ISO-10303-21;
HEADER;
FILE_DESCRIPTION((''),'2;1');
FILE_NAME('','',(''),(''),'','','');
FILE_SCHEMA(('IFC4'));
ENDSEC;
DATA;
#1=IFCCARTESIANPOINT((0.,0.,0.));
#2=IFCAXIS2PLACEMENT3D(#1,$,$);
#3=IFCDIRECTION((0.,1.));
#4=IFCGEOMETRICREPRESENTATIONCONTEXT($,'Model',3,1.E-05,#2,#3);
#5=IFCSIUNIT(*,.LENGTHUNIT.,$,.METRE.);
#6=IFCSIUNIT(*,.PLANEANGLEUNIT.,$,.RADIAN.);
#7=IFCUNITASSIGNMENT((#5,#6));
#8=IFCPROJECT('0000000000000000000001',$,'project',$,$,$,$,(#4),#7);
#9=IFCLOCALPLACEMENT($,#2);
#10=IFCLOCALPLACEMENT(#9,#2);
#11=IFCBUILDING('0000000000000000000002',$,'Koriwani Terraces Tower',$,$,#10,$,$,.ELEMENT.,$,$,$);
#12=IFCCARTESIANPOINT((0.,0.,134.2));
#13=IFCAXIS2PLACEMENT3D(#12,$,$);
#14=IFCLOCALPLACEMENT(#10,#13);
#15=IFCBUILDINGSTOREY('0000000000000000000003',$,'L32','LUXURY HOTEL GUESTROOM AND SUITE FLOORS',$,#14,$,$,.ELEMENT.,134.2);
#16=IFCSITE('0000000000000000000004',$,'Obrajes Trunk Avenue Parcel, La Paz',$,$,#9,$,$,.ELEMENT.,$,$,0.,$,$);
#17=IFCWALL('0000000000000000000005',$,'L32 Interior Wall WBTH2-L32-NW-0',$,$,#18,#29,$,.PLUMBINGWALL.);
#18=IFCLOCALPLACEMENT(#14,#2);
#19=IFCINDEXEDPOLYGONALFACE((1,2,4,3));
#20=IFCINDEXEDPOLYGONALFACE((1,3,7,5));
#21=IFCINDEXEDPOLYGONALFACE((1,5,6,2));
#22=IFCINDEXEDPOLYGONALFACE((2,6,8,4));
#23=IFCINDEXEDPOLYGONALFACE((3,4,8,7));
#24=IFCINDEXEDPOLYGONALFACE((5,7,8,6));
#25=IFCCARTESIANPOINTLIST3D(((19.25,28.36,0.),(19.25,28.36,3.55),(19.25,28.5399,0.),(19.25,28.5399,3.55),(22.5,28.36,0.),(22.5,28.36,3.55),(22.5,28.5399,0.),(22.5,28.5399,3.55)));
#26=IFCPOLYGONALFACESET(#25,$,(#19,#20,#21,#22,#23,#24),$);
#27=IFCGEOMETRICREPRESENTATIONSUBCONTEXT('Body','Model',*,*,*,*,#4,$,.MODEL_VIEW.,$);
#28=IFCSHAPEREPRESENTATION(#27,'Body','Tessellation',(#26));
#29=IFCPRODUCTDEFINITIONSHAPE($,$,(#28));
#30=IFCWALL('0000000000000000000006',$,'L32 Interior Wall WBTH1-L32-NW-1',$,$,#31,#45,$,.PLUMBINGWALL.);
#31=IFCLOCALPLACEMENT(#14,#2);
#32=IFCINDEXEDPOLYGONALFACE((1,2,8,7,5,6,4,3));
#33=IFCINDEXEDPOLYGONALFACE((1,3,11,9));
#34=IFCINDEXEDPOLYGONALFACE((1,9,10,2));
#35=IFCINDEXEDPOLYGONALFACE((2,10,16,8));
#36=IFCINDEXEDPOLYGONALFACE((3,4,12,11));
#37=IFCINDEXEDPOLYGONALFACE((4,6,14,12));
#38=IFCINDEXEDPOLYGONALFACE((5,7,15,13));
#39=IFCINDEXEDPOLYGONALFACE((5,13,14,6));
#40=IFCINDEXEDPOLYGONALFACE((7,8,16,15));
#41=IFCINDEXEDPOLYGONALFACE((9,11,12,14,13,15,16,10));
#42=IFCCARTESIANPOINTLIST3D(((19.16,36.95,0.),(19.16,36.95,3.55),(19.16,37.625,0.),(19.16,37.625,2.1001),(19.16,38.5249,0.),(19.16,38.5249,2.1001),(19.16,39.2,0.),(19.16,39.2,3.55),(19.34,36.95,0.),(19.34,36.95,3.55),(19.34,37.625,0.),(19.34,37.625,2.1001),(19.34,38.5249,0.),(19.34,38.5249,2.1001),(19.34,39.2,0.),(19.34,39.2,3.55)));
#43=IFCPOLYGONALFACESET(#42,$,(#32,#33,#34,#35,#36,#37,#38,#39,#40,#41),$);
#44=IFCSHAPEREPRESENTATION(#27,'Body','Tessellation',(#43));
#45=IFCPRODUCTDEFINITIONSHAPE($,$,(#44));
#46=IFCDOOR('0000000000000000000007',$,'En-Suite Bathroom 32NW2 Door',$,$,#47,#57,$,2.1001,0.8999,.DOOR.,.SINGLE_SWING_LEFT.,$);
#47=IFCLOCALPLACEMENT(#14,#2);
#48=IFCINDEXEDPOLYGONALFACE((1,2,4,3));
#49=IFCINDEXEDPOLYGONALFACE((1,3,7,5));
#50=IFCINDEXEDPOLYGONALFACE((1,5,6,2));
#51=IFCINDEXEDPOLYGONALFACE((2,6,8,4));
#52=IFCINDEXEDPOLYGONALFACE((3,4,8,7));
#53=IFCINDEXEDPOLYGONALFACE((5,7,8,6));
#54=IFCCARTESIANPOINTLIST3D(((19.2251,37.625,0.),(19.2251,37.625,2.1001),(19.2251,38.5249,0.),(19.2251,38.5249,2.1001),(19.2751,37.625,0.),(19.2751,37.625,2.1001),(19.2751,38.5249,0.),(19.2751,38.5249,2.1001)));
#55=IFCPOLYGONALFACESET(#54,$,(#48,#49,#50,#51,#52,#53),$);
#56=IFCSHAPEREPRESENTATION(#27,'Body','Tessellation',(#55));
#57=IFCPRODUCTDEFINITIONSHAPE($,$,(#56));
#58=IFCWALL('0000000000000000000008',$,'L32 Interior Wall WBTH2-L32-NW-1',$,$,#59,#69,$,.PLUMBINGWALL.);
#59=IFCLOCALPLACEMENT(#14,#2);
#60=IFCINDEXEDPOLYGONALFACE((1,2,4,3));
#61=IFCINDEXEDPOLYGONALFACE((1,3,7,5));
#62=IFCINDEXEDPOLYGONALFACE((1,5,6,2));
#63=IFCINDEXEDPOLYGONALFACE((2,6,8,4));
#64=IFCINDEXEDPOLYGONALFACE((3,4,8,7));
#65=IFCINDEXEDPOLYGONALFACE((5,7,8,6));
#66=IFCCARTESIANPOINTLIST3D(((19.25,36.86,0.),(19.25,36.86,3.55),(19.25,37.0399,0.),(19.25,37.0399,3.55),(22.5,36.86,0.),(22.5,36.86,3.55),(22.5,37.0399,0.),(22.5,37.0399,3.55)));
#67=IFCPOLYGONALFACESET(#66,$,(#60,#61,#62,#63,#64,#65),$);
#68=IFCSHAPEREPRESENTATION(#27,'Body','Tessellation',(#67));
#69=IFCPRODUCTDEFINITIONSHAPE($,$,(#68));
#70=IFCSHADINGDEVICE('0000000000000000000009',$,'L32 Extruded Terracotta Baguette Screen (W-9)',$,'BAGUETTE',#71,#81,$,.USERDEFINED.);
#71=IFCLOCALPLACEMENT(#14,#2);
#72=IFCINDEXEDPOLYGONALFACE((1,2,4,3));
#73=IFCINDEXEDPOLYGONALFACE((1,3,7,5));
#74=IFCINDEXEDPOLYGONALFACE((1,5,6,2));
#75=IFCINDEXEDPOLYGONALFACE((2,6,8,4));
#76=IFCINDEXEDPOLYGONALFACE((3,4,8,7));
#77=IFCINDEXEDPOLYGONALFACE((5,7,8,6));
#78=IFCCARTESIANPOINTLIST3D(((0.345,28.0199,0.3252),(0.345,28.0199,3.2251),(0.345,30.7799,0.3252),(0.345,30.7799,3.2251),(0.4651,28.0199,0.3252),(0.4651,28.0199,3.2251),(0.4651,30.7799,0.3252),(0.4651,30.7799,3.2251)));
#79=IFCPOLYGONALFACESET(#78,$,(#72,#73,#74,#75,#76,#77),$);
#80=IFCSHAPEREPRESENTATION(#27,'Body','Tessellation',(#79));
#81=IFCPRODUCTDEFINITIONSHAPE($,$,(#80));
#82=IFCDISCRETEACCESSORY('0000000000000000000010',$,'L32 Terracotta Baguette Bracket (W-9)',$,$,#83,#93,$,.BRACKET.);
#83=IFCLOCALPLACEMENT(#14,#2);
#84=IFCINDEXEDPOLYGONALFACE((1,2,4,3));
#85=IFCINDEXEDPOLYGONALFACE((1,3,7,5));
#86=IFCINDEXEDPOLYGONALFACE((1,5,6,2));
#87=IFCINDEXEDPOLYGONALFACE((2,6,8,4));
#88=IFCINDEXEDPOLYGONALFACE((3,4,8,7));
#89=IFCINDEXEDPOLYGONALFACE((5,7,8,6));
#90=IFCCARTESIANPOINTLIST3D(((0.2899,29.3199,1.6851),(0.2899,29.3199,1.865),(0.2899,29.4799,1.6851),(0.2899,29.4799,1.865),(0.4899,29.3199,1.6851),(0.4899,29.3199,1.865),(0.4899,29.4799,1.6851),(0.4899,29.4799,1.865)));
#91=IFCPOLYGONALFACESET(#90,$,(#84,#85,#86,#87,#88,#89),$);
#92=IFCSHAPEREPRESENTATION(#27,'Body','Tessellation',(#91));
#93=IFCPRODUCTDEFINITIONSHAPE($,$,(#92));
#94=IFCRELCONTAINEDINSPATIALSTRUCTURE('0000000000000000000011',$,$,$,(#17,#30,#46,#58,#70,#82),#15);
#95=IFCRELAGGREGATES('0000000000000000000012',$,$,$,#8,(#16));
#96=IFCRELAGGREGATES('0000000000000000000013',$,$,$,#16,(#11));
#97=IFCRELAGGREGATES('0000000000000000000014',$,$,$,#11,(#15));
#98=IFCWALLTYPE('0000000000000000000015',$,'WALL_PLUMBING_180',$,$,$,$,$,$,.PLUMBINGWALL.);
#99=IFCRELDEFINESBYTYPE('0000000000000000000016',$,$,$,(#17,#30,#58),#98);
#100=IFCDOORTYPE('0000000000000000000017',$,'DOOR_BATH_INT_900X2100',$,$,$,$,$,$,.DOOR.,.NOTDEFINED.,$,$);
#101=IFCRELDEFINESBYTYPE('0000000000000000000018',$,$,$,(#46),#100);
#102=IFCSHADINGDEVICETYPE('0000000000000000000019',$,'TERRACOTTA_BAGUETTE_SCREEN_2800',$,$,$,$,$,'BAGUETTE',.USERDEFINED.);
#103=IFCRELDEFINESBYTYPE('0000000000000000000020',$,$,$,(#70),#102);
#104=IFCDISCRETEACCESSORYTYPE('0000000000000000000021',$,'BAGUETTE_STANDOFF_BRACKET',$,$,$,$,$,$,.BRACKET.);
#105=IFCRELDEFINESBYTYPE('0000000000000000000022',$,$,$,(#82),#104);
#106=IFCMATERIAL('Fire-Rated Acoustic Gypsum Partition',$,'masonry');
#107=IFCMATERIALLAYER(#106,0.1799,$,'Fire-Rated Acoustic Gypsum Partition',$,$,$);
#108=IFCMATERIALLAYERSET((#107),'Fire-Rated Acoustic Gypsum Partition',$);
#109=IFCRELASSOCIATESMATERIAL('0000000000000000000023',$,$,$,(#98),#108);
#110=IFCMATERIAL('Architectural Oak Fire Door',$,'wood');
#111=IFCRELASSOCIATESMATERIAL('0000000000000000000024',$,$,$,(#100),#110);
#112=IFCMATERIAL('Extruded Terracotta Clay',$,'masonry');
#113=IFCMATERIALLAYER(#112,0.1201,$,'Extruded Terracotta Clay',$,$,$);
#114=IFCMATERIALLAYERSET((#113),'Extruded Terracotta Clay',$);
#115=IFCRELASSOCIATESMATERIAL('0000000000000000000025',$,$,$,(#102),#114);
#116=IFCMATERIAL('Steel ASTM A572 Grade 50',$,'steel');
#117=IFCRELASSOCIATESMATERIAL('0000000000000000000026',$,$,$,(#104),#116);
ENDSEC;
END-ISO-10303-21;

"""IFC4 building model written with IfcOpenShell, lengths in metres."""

from ifc_helpers import new_model, si_unit, direction, frame, frame_2d, origin, origin_2d, place, context, subcontext, project, spatial, rectangle, extrude, material, layer, layer_set, type_object, element, fill, save


model = new_model("IFC4")

# Units and contexts
model_context = context("Model", 3, precision=1e-05, world=origin(), true_north=direction((0.0, 1.0)))
body_context = subcontext(model_context, "Body", "Model", "MODEL_VIEW")
ifc_project = project(units=[si_unit("LENGTHUNIT", "METRE"), si_unit("PLANEANGLEUNIT", "RADIAN")], contexts=[model_context])

# Site, building, storey
site_placement = place(None, origin())
site = spatial("IfcSite", under=ifc_project, at=site_placement, Name="Obrajes Trunk Avenue Parcel, La Paz", CompositionType="ELEMENT", RefElevation=0.0)
building_placement = place(site_placement, origin())
building = spatial("IfcBuilding", under=site, at=building_placement, Name="Koriwani Terraces Tower", CompositionType="ELEMENT")
storey_placement = place(building_placement, frame((0.0, 0.0, 134.2)))
storey = spatial("IfcBuildingStorey", under=building, at=storey_placement, Name="L32", Description="LUXURY HOTEL GUESTROOM AND SUITE FLOORS", CompositionType="ELEMENT", Elevation=134.2)

# Shared definitions
ifc_material_1 = material(Name="Steel ASTM A572 Grade 50", Category="steel")

# Shared definitions
ifc_material_2 = material(Name="Architectural Oak Fire Door", Category="wood")

# Shared definitions
ifc_material_3 = material(Name="Fire-Rated Acoustic Gypsum Partition", Category="masonry")
ifc_layer_1 = layer(ifc_material_3, 0.1799, Name="Fire-Rated Acoustic Gypsum Partition")
ifc_layer_set_1 = layer_set([ifc_layer_1], Name="Fire-Rated Acoustic Gypsum Partition")
wall_type_1 = type_object("IfcWallType", Name="WALL_PLUMBING_180", PredefinedType="PLUMBINGWALL", material=ifc_layer_set_1)
door_type_1 = type_object("IfcDoorType", Name="DOOR_BATH_INT_900X2100", OperationType="NOTDEFINED", PredefinedType="DOOR", material=ifc_material_2)

# Wall
wall_1_placement = place(storey_placement, frame((19.25, 28.45, 0.0), z_axis=(0.0, 0.0, 1.0), x_axis=(1.0, 0.0, 0.0)))
element("IfcWall", 1, at=wall_1_placement, inside=storey, type_object=wall_type_1, Name="L32 Interior Wall WBTH2-L32-NW-0", PredefinedType="PLUMBINGWALL", context=body_context, shape_type="SweptSolid", body=[
    extrude(rectangle(XDim=3.25, YDim=0.1799, at=frame_2d((1.625, 0.0))), origin(), (0.0, 0.0, 1.0), 3.55),
])

# Wall, opening, door
wall_2_placement = place(storey_placement, frame((19.25, 36.95, 0.0), z_axis=(0.0, 0.0, 1.0), x_axis=(0.0, 1.0, 0.0)))
wall_2 = element("IfcWall", 2, at=wall_2_placement, inside=storey, type_object=wall_type_1, Name="L32 Interior Wall WBTH1-L32-NW-1", PredefinedType="PLUMBINGWALL", context=body_context, shape_type="SweptSolid", body=[
    extrude(rectangle(XDim=2.25, YDim=0.1799, at=frame_2d((1.125, 0.0))), origin(), (0.0, 0.0, 1.0), 3.55),
])
opening_1_placement = place(wall_2_placement, frame((0.675, 0.0, 0.0)))
opening_1 = element("IfcOpeningElement", 3, at=opening_1_placement, cuts=wall_2, PredefinedType="OPENING", context=body_context, shape_type="SweptSolid", body=[
    extrude(rectangle(XDim=0.8999, YDim=2.1001, at=frame_2d((0.45, 1.05))), frame((0.0, 0.1001, 0.0), z_axis=(0.0, -1.0, 0.0), x_axis=(1.0, 0.0, 0.0)), (0.0, 0.0, 1.0), 0.2),
])
door_1_placement = place(opening_1_placement, origin())
door_1 = element("IfcDoor", 4, at=door_1_placement, inside=storey, type_object=door_type_1, Name="En-Suite Bathroom 32NW2 Door", OperationType="SINGLE_SWING_LEFT", OverallHeight=2.1001, OverallWidth=0.8999, PredefinedType="DOOR", context=body_context, shape_type="SweptSolid", body=[
    extrude(rectangle(XDim=0.8999, YDim=2.1001, at=frame_2d((0.45, 1.05))), frame((0.0, 0.0249, 0.0), z_axis=(0.0, -1.0, 0.0), x_axis=(1.0, 0.0, 0.0)), (0.0, 0.0, 1.0), 0.05),
])
fill(opening_1, door_1)

# Wall
wall_3_placement = place(storey_placement, frame((19.25, 36.95, 0.0), z_axis=(0.0, 0.0, 1.0), x_axis=(1.0, 0.0, 0.0)))
element("IfcWall", 5, at=wall_3_placement, inside=storey, type_object=wall_type_1, Name="L32 Interior Wall WBTH2-L32-NW-1", PredefinedType="PLUMBINGWALL", context=body_context, shape_type="SweptSolid", body=[
    extrude(rectangle(XDim=3.25, YDim=0.1799, at=frame_2d((1.625, 0.0))), origin(), (0.0, 0.0, 1.0), 3.55),
])

# Shading device
ifc_material_4 = material(Name="Extruded Terracotta Clay", Category="masonry")
ifc_layer_2 = layer(ifc_material_4, 0.1201, Name="Extruded Terracotta Clay")
ifc_layer_set_2 = layer_set([ifc_layer_2], Name="Extruded Terracotta Clay")
shading_device_type = type_object("IfcShadingDeviceType", Name="TERRACOTTA_BAGUETTE_SCREEN_2800", ElementType="BAGUETTE", PredefinedType="USERDEFINED", material=ifc_layer_set_2)
shading_device_placement = place(storey_placement, frame((0.405, 29.3999, 0.3252), z_axis=(0.0, 0.0, 1.0), x_axis=(0.0, 1.0, 0.0)))
element("IfcShadingDevice", 6, at=shading_device_placement, inside=storey, type_object=shading_device_type, Name="L32 Extruded Terracotta Baguette Screen (W-9)", ObjectType="BAGUETTE", PredefinedType="USERDEFINED", context=body_context, shape_type="SweptSolid", body=[
    extrude(rectangle(XDim=2.76, YDim=0.1201, at=origin_2d()), origin(), (0.0, 0.0, 1.0), 2.8999),
])

# Discrete accessory
discrete_accessory_type = type_object("IfcDiscreteAccessoryType", Name="BAGUETTE_STANDOFF_BRACKET", PredefinedType="BRACKET", material=ifc_material_1)
discrete_accessory_placement = place(storey_placement, frame((0.3899, 29.3999, 1.6851), z_axis=(0.0, 0.0, 1.0), x_axis=(0.0, 1.0, 0.0)))
element("IfcDiscreteAccessory", 7, at=discrete_accessory_placement, inside=storey, type_object=discrete_accessory_type, Name="L32 Terracotta Baguette Bracket (W-9)", PredefinedType="BRACKET", context=body_context, shape_type="SweptSolid", body=[
    extrude(rectangle(XDim=0.1599, YDim=0.2, at=origin_2d()), origin(), (0.0, 0.0, 1.0), 0.1799),
])

save(model, "model.ifc")
